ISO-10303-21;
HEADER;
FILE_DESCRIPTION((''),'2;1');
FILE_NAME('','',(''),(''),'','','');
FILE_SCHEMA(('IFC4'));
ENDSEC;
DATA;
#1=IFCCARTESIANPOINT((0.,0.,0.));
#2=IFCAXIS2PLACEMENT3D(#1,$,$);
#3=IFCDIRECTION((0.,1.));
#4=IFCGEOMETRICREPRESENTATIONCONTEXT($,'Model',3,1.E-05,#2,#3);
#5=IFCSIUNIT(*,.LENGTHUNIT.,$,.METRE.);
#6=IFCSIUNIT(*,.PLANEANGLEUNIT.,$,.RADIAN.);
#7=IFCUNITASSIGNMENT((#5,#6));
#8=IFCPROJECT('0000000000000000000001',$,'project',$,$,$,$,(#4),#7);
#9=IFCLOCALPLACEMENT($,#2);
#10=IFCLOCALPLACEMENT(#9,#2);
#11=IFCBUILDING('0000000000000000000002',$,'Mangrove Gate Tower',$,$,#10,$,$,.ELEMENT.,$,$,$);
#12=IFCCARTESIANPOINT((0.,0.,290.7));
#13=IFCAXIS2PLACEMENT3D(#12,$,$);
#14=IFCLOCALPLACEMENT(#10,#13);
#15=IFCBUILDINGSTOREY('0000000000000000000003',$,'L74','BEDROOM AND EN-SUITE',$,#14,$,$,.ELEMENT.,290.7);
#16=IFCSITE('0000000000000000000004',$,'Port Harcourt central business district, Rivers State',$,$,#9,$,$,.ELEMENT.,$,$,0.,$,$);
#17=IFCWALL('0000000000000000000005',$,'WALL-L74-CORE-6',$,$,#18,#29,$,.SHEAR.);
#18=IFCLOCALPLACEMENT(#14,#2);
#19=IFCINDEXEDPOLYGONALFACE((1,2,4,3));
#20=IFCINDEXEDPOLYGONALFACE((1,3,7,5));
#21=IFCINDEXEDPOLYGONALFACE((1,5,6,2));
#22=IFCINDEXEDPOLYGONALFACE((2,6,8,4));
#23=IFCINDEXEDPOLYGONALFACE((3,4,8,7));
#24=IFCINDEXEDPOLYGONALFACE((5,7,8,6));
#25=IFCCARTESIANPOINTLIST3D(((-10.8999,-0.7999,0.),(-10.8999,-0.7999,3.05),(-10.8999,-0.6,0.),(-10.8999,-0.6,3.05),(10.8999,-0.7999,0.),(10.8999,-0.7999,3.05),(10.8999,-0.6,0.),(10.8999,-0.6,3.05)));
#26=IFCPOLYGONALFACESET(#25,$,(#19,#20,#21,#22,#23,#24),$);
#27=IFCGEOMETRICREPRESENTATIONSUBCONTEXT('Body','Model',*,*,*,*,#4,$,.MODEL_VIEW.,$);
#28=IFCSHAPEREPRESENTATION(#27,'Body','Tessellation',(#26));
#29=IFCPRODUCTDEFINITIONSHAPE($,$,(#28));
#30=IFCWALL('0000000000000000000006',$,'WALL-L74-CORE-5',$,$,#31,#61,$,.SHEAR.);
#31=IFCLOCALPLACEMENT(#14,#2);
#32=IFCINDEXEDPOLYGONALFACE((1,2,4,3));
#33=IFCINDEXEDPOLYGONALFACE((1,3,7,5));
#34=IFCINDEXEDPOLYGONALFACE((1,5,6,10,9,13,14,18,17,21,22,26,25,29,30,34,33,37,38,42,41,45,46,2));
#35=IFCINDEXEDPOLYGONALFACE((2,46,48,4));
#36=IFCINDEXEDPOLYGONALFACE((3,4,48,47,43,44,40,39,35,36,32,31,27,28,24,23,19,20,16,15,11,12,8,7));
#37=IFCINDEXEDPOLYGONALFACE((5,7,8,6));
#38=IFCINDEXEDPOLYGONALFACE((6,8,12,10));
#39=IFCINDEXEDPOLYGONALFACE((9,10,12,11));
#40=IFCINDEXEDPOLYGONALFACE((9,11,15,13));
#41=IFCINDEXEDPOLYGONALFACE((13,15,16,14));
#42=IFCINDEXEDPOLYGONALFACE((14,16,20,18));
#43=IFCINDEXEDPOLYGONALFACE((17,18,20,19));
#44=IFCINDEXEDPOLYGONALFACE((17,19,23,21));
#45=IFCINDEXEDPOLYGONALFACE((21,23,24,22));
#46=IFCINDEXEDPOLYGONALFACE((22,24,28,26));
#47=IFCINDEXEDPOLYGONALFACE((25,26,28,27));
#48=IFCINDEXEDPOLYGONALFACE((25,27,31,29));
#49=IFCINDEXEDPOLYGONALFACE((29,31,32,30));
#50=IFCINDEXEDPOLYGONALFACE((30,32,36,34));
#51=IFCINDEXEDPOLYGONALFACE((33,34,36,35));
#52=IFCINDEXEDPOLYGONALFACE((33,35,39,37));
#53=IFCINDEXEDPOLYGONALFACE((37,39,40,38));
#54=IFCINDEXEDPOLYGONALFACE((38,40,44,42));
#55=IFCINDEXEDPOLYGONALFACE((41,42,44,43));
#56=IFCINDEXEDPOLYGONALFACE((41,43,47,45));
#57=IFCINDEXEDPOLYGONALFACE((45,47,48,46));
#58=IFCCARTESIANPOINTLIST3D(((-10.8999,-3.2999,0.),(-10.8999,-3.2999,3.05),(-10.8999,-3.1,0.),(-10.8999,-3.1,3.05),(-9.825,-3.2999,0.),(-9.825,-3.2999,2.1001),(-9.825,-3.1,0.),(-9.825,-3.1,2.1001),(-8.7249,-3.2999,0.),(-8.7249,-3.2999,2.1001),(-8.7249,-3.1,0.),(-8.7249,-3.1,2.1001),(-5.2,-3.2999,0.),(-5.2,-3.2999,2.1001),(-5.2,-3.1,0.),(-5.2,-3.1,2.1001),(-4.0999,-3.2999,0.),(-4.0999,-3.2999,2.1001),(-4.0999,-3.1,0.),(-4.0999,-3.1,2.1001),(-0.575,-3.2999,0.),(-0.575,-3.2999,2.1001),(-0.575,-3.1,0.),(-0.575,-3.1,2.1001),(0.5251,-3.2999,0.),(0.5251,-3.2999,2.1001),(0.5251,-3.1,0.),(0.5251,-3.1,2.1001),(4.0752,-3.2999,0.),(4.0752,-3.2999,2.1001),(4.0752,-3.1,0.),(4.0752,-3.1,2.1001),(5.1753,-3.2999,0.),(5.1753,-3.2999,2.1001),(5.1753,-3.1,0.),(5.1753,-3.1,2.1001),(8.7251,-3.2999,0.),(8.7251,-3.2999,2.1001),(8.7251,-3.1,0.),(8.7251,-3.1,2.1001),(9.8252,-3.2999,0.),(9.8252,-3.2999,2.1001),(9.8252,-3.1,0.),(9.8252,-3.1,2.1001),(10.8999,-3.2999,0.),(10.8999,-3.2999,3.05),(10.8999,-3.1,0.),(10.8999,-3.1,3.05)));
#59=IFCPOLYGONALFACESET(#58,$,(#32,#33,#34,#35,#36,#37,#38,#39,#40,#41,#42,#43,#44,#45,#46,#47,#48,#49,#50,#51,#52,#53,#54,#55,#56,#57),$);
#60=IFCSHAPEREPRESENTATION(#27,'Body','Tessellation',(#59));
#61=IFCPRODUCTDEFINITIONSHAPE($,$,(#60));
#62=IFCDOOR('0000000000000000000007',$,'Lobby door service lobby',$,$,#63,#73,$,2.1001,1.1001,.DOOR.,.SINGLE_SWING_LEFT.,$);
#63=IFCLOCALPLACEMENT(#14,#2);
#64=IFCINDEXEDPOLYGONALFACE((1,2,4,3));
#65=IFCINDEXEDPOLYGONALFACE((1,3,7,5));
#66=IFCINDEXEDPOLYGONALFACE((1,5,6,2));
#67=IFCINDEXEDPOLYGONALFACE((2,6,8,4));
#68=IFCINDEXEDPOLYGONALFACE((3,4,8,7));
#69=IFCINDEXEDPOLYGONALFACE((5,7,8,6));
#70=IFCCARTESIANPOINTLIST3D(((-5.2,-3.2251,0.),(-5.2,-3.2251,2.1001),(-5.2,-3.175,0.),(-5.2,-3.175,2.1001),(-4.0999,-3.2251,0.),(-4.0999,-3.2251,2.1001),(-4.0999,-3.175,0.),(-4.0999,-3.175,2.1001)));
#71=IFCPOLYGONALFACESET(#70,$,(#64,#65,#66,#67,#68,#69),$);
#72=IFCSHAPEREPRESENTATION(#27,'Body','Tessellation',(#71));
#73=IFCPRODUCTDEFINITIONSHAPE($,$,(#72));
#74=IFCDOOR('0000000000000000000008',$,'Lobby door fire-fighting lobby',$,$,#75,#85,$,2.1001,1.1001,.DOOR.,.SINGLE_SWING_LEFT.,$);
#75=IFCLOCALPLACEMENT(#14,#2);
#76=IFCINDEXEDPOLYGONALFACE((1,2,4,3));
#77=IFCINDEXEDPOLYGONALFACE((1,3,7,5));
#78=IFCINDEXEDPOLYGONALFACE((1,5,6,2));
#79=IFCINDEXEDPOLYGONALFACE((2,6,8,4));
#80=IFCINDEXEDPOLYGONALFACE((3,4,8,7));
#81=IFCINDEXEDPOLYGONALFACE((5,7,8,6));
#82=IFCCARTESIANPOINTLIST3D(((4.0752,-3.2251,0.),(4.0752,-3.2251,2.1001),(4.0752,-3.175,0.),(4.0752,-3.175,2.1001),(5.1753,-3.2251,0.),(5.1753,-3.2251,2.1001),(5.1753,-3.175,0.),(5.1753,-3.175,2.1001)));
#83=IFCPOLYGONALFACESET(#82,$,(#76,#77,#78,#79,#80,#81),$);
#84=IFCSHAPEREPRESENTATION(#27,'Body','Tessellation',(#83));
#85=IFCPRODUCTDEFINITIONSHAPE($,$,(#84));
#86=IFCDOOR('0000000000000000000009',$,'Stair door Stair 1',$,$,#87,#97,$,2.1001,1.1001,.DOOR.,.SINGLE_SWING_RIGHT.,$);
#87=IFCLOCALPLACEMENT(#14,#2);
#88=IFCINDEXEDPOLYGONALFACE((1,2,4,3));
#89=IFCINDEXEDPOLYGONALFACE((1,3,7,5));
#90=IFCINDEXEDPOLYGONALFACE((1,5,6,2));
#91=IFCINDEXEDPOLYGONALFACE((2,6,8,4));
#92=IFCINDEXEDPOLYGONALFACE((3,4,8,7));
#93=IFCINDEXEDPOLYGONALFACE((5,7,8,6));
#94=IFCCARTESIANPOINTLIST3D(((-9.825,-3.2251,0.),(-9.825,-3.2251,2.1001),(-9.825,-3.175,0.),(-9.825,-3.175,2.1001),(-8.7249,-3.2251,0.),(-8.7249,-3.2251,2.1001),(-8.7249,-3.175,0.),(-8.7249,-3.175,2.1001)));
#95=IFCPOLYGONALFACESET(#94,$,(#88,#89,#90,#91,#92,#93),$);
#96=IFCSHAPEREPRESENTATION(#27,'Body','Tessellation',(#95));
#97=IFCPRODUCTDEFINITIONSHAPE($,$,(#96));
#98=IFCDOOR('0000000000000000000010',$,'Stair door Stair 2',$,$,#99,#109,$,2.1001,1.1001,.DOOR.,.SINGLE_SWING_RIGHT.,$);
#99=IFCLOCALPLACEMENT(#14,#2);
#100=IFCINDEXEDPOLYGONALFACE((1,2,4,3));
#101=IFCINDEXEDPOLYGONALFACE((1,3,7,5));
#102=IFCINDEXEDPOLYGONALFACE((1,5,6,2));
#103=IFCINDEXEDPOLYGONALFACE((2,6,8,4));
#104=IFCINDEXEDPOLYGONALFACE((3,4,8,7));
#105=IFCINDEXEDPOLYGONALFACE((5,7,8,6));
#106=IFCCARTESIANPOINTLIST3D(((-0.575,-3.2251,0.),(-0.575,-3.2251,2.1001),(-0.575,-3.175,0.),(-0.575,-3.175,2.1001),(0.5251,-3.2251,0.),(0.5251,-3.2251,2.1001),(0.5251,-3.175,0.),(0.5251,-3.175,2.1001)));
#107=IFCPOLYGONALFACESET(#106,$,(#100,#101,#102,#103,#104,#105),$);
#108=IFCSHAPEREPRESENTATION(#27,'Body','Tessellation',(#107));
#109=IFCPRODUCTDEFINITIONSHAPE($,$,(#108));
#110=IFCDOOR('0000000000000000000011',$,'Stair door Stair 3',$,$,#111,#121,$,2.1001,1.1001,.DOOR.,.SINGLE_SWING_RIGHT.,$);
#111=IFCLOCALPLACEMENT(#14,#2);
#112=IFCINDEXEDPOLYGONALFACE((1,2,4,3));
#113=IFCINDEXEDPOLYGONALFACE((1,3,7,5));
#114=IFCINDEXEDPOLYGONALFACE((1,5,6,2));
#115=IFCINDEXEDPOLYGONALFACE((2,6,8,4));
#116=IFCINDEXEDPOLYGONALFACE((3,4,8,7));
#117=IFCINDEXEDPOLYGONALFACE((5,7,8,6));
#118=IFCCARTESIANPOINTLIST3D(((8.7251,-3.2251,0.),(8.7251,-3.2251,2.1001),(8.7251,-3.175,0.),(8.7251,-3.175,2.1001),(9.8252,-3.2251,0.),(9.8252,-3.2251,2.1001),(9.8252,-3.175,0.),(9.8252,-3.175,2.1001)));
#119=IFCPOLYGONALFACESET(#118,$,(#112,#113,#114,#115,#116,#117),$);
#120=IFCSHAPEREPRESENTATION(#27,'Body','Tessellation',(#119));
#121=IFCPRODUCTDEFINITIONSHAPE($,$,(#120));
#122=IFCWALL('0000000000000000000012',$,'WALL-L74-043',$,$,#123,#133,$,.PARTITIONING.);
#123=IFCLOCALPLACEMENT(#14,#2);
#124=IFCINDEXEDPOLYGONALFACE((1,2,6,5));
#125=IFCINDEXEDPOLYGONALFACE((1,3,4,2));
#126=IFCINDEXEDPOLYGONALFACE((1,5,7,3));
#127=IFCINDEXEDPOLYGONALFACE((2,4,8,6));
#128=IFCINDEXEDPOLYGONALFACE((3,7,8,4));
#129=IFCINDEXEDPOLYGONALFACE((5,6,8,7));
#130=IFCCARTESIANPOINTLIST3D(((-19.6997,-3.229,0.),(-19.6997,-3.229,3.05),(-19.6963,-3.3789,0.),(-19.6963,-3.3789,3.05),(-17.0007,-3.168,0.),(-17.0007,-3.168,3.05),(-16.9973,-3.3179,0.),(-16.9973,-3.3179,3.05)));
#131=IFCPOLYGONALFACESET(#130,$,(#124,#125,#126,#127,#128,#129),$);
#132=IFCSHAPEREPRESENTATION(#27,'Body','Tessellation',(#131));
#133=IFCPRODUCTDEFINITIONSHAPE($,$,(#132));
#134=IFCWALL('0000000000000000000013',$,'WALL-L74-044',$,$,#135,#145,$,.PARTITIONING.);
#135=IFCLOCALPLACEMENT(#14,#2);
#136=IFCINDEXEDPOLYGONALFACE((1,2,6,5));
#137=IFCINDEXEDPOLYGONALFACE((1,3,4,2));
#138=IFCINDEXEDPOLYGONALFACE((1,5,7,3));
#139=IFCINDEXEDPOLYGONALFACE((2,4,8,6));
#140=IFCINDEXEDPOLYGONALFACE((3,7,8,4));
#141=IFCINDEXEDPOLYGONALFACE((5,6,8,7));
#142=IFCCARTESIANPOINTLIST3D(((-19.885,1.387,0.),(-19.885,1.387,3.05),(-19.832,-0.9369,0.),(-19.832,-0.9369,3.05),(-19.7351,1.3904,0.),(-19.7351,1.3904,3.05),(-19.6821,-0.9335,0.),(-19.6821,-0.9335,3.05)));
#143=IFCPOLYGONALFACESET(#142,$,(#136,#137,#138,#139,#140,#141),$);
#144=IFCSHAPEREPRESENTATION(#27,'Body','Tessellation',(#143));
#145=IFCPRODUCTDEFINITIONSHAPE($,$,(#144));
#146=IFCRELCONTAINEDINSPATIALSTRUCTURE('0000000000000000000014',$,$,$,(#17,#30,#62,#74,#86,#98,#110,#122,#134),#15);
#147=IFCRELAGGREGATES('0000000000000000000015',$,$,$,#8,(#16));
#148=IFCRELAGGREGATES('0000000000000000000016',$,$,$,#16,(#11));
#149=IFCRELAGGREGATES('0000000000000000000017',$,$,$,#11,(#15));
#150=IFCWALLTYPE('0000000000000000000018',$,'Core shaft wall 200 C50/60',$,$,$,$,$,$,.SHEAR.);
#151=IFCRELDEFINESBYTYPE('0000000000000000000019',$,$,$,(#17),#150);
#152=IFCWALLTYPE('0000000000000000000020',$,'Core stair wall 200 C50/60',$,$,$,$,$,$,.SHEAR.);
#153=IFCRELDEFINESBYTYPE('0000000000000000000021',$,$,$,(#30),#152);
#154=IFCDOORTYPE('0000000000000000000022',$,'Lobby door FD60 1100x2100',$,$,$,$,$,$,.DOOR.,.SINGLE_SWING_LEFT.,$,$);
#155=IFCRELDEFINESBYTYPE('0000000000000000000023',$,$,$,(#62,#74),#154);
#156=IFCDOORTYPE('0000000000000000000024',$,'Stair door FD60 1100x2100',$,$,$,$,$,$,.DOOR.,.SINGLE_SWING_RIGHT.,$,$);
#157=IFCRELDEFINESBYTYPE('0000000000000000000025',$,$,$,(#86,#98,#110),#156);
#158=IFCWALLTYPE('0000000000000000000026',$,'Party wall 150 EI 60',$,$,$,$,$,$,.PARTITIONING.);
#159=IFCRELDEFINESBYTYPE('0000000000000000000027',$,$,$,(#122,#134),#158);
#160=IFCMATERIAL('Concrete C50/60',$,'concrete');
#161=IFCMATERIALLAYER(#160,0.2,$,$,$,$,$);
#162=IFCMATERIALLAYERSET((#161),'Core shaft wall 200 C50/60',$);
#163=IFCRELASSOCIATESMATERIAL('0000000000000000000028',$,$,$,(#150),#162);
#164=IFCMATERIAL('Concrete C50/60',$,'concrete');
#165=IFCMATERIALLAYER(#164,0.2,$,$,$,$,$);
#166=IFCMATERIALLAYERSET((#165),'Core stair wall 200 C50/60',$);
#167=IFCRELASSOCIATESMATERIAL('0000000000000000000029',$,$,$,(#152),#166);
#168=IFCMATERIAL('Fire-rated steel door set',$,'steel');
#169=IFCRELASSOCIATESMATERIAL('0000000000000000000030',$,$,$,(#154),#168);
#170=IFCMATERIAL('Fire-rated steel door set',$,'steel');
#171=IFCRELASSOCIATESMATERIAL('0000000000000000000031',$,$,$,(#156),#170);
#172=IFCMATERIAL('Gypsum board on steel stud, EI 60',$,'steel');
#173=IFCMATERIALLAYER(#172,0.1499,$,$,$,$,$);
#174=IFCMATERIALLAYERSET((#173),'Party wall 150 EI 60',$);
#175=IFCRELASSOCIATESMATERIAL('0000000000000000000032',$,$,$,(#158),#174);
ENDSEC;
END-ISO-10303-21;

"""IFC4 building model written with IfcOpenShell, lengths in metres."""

from ifc_helpers import new_model, si_unit, direction, frame, frame_2d, origin, place, context, subcontext, project, spatial, rectangle, extrude, material, layer, layer_set, type_object, element, fill, save


model = new_model("IFC4")

# Units and contexts
model_context = context("Model", 3, precision=1e-05, world=origin(), true_north=direction((0.0, 1.0)))
body_context = subcontext(model_context, "Body", "Model", "MODEL_VIEW")
ifc_project = project(units=[si_unit("LENGTHUNIT", "METRE"), si_unit("PLANEANGLEUNIT", "RADIAN")], contexts=[model_context])

# Site, building, storey
site_placement = place(None, origin())
site = spatial("IfcSite", under=ifc_project, at=site_placement, Name="Port Harcourt central business district, Rivers State", CompositionType="ELEMENT", RefElevation=0.0)
building_placement = place(site_placement, origin())
building = spatial("IfcBuilding", under=site, at=building_placement, Name="Mangrove Gate Tower", CompositionType="ELEMENT")
storey_placement = place(building_placement, frame((0.0, 0.0, 290.7)))
storey = spatial("IfcBuildingStorey", under=building, at=storey_placement, Name="L74", Description="BEDROOM AND EN-SUITE", CompositionType="ELEMENT", Elevation=290.7)

# Wall
ifc_material_1 = material(Name="Concrete C50/60", Category="concrete")
ifc_layer_1 = layer(ifc_material_1, 0.2)
ifc_layer_set_1 = layer_set([ifc_layer_1], Name="Core shaft wall 200 C50/60")
wall_type_1 = type_object("IfcWallType", Name="Core shaft wall 200 C50/60", PredefinedType="SHEAR", material=ifc_layer_set_1)
wall_1_placement = place(storey_placement, frame((-10.8999, -0.7, 0.0), z_axis=(0.0, 0.0, 1.0), x_axis=(1.0, 0.0, 0.0)))
element("IfcWall", 1, at=wall_1_placement, inside=storey, type_object=wall_type_1, Name="WALL-L74-CORE-6", PredefinedType="SHEAR", context=body_context, shape_type="SweptSolid", body=[
    extrude(rectangle(XDim=21.7998, YDim=0.2, at=frame_2d((10.8999, 0.0))), origin(), (0.0, 0.0, 1.0), 3.05),
])

# Wall, openings, doors
ifc_material_2 = material(Name="Concrete C50/60", Category="concrete")
ifc_layer_2 = layer(ifc_material_2, 0.2)
ifc_layer_set_2 = layer_set([ifc_layer_2], Name="Core stair wall 200 C50/60")
wall_type_2 = type_object("IfcWallType", Name="Core stair wall 200 C50/60", PredefinedType="SHEAR", material=ifc_layer_set_2)
wall_2_placement = place(storey_placement, frame((-10.8999, -3.2, 0.0), z_axis=(0.0, 0.0, 1.0), x_axis=(1.0, 0.0, 0.0)))
wall_2 = element("IfcWall", 2, at=wall_2_placement, inside=storey, type_object=wall_type_2, Name="WALL-L74-CORE-5", PredefinedType="SHEAR", context=body_context, shape_type="SweptSolid", body=[
    extrude(rectangle(XDim=21.7998, YDim=0.2, at=frame_2d((10.8999, 0.0))), origin(), (0.0, 0.0, 1.0), 3.05),
])
opening_1_placement = place(wall_2_placement, frame((1.075, 0.0, 0.0)))
opening_1 = element("IfcOpeningElement", 3, at=opening_1_placement, cuts=wall_2, PredefinedType="OPENING", context=body_context, shape_type="SweptSolid", body=[
    extrude(rectangle(XDim=1.1001, YDim=2.1001, at=frame_2d((0.55, 1.05))), frame((0.0, 0.1099, 0.0), z_axis=(0.0, -1.0, 0.0), x_axis=(1.0, 0.0, 0.0)), (0.0, 0.0, 1.0), 0.22),
])
opening_2_placement = place(wall_2_placement, frame((10.325, 0.0, 0.0)))
opening_2 = element("IfcOpeningElement", 4, at=opening_2_placement, cuts=wall_2, PredefinedType="OPENING", context=body_context, shape_type="SweptSolid", body=[
    extrude(rectangle(XDim=1.1001, YDim=2.1001, at=frame_2d((0.55, 1.05))), frame((0.0, 0.1099, 0.0), z_axis=(0.0, -1.0, 0.0), x_axis=(1.0, 0.0, 0.0)), (0.0, 0.0, 1.0), 0.22),
])
opening_3_placement = place(wall_2_placement, frame((19.625, 0.0, 0.0)))
opening_3 = element("IfcOpeningElement", 5, at=opening_3_placement, cuts=wall_2, PredefinedType="OPENING", context=body_context, shape_type="SweptSolid", body=[
    extrude(rectangle(XDim=1.1001, YDim=2.1001, at=frame_2d((0.55, 1.05))), frame((0.0, 0.1099, 0.0), z_axis=(0.0, -1.0, 0.0), x_axis=(1.0, 0.0, 0.0)), (0.0, 0.0, 1.0), 0.22),
])
opening_4_placement = place(wall_2_placement, frame((5.7, 0.0, 0.0)))
opening_4 = element("IfcOpeningElement", 6, at=opening_4_placement, cuts=wall_2, PredefinedType="OPENING", context=body_context, shape_type="SweptSolid", body=[
    extrude(rectangle(XDim=1.1001, YDim=2.1001, at=frame_2d((0.55, 1.05))), frame((0.0, 0.1099, 0.0), z_axis=(0.0, -1.0, 0.0), x_axis=(1.0, 0.0, 0.0)), (0.0, 0.0, 1.0), 0.22),
])
opening_5_placement = place(wall_2_placement, frame((14.9751, 0.0, 0.0)))
opening_5 = element("IfcOpeningElement", 7, at=opening_5_placement, cuts=wall_2, PredefinedType="OPENING", context=body_context, shape_type="SweptSolid", body=[
    extrude(rectangle(XDim=1.1001, YDim=2.1001, at=frame_2d((0.55, 1.05))), frame((0.0, 0.1099, 0.0), z_axis=(0.0, -1.0, 0.0), x_axis=(1.0, 0.0, 0.0)), (0.0, 0.0, 1.0), 0.22),
])
ifc_material_3 = material(Name="Fire-rated steel door set", Category="steel")
door_type_1 = type_object("IfcDoorType", Name="Lobby door FD60 1100x2100", OperationType="SINGLE_SWING_LEFT", PredefinedType="DOOR", material=ifc_material_3)
door_1_placement = place(opening_4_placement, origin())
door_1 = element("IfcDoor", 8, at=door_1_placement, inside=storey, type_object=door_type_1, Name="Lobby door service lobby", OperationType="SINGLE_SWING_LEFT", OverallHeight=2.1001, OverallWidth=1.1001, PredefinedType="DOOR", context=body_context, shape_type="SweptSolid", body=[
    extrude(rectangle(XDim=1.1001, YDim=2.1001, at=frame_2d((0.55, 1.05))), frame((0.0, 0.0249, 0.0), z_axis=(0.0, -1.0, 0.0), x_axis=(1.0, 0.0, 0.0)), (0.0, 0.0, 1.0), 0.05),
])
fill(opening_4, door_1)
door_2_placement = place(opening_5_placement, origin())
door_2 = element("IfcDoor", 9, at=door_2_placement, inside=storey, type_object=door_type_1, Name="Lobby door fire-fighting lobby", OperationType="SINGLE_SWING_LEFT", OverallHeight=2.1001, OverallWidth=1.1001, PredefinedType="DOOR", context=body_context, shape_type="SweptSolid", body=[
    extrude(rectangle(XDim=1.1001, YDim=2.1001, at=frame_2d((0.55, 1.05))), frame((0.0, 0.0249, 0.0), z_axis=(0.0, -1.0, 0.0), x_axis=(1.0, 0.0, 0.0)), (0.0, 0.0, 1.0), 0.05),
])
fill(opening_5, door_2)
ifc_material_4 = material(Name="Fire-rated steel door set", Category="steel")
door_type_2 = type_object("IfcDoorType", Name="Stair door FD60 1100x2100", OperationType="SINGLE_SWING_RIGHT", PredefinedType="DOOR", material=ifc_material_4)
door_3_placement = place(opening_1_placement, origin())
door_3 = element("IfcDoor", 10, at=door_3_placement, inside=storey, type_object=door_type_2, Name="Stair door Stair 1", OperationType="SINGLE_SWING_RIGHT", OverallHeight=2.1001, OverallWidth=1.1001, PredefinedType="DOOR", context=body_context, shape_type="SweptSolid", body=[
    extrude(rectangle(XDim=1.1001, YDim=2.1001, at=frame_2d((0.55, 1.05))), frame((0.0, 0.0249, 0.0), z_axis=(0.0, -1.0, 0.0), x_axis=(1.0, 0.0, 0.0)), (0.0, 0.0, 1.0), 0.05),
])
fill(opening_1, door_3)
door_4_placement = place(opening_2_placement, origin())
door_4 = element("IfcDoor", 11, at=door_4_placement, inside=storey, type_object=door_type_2, Name="Stair door Stair 2", OperationType="SINGLE_SWING_RIGHT", OverallHeight=2.1001, OverallWidth=1.1001, PredefinedType="DOOR", context=body_context, shape_type="SweptSolid", body=[
    extrude(rectangle(XDim=1.1001, YDim=2.1001, at=frame_2d((0.55, 1.05))), frame((0.0, 0.0249, 0.0), z_axis=(0.0, -1.0, 0.0), x_axis=(1.0, 0.0, 0.0)), (0.0, 0.0, 1.0), 0.05),
])
fill(opening_2, door_4)
door_5_placement = place(opening_3_placement, origin())
door_5 = element("IfcDoor", 12, at=door_5_placement, inside=storey, type_object=door_type_2, Name="Stair door Stair 3", OperationType="SINGLE_SWING_RIGHT", OverallHeight=2.1001, OverallWidth=1.1001, PredefinedType="DOOR", context=body_context, shape_type="SweptSolid", body=[
    extrude(rectangle(XDim=1.1001, YDim=2.1001, at=frame_2d((0.55, 1.05))), frame((0.0, 0.0249, 0.0), z_axis=(0.0, -1.0, 0.0), x_axis=(1.0, 0.0, 0.0)), (0.0, 0.0, 1.0), 0.05),
])
fill(opening_3, door_5)

# Walls
ifc_material_5 = material(Name="Gypsum board on steel stud, EI 60", Category="steel")
ifc_layer_3 = layer(ifc_material_5, 0.1499)
ifc_layer_set_3 = layer_set([ifc_layer_3], Name="Party wall 150 EI 60")
wall_type_3 = type_object("IfcWallType", Name="Party wall 150 EI 60", PredefinedType="PARTITIONING", material=ifc_layer_set_3)
wall_3_placement = place(storey_placement, frame((-19.698, -3.304, 0.0), z_axis=(0.0, 0.0, 1.0), x_axis=(0.999744, 0.022608, 0.0)))
element("IfcWall", 13, at=wall_3_placement, inside=storey, type_object=wall_type_3, Name="WALL-L74-043", PredefinedType="PARTITIONING", context=body_context, shape_type="SweptSolid", body=[
    extrude(rectangle(XDim=2.6997, YDim=0.1499, at=frame_2d((1.3499, 0.0))), origin(), (0.0, 0.0, 1.0), 3.05),
])
wall_4_placement = place(storey_placement, frame((-19.7571, -0.9351, 0.0), z_axis=(0.0, 0.0, 1.0), x_axis=(-0.022791, 0.99974, 0.0)))
element("IfcWall", 14, at=wall_4_placement, inside=storey, type_object=wall_type_3, Name="WALL-L74-044", PredefinedType="PARTITIONING", context=body_context, shape_type="SweptSolid", body=[
    extrude(rectangle(XDim=2.3245, YDim=0.1499, at=frame_2d((1.1621, 0.0))), origin(), (0.0, 0.0, 1.0), 3.05),
])

save(model, "model.ifc")
